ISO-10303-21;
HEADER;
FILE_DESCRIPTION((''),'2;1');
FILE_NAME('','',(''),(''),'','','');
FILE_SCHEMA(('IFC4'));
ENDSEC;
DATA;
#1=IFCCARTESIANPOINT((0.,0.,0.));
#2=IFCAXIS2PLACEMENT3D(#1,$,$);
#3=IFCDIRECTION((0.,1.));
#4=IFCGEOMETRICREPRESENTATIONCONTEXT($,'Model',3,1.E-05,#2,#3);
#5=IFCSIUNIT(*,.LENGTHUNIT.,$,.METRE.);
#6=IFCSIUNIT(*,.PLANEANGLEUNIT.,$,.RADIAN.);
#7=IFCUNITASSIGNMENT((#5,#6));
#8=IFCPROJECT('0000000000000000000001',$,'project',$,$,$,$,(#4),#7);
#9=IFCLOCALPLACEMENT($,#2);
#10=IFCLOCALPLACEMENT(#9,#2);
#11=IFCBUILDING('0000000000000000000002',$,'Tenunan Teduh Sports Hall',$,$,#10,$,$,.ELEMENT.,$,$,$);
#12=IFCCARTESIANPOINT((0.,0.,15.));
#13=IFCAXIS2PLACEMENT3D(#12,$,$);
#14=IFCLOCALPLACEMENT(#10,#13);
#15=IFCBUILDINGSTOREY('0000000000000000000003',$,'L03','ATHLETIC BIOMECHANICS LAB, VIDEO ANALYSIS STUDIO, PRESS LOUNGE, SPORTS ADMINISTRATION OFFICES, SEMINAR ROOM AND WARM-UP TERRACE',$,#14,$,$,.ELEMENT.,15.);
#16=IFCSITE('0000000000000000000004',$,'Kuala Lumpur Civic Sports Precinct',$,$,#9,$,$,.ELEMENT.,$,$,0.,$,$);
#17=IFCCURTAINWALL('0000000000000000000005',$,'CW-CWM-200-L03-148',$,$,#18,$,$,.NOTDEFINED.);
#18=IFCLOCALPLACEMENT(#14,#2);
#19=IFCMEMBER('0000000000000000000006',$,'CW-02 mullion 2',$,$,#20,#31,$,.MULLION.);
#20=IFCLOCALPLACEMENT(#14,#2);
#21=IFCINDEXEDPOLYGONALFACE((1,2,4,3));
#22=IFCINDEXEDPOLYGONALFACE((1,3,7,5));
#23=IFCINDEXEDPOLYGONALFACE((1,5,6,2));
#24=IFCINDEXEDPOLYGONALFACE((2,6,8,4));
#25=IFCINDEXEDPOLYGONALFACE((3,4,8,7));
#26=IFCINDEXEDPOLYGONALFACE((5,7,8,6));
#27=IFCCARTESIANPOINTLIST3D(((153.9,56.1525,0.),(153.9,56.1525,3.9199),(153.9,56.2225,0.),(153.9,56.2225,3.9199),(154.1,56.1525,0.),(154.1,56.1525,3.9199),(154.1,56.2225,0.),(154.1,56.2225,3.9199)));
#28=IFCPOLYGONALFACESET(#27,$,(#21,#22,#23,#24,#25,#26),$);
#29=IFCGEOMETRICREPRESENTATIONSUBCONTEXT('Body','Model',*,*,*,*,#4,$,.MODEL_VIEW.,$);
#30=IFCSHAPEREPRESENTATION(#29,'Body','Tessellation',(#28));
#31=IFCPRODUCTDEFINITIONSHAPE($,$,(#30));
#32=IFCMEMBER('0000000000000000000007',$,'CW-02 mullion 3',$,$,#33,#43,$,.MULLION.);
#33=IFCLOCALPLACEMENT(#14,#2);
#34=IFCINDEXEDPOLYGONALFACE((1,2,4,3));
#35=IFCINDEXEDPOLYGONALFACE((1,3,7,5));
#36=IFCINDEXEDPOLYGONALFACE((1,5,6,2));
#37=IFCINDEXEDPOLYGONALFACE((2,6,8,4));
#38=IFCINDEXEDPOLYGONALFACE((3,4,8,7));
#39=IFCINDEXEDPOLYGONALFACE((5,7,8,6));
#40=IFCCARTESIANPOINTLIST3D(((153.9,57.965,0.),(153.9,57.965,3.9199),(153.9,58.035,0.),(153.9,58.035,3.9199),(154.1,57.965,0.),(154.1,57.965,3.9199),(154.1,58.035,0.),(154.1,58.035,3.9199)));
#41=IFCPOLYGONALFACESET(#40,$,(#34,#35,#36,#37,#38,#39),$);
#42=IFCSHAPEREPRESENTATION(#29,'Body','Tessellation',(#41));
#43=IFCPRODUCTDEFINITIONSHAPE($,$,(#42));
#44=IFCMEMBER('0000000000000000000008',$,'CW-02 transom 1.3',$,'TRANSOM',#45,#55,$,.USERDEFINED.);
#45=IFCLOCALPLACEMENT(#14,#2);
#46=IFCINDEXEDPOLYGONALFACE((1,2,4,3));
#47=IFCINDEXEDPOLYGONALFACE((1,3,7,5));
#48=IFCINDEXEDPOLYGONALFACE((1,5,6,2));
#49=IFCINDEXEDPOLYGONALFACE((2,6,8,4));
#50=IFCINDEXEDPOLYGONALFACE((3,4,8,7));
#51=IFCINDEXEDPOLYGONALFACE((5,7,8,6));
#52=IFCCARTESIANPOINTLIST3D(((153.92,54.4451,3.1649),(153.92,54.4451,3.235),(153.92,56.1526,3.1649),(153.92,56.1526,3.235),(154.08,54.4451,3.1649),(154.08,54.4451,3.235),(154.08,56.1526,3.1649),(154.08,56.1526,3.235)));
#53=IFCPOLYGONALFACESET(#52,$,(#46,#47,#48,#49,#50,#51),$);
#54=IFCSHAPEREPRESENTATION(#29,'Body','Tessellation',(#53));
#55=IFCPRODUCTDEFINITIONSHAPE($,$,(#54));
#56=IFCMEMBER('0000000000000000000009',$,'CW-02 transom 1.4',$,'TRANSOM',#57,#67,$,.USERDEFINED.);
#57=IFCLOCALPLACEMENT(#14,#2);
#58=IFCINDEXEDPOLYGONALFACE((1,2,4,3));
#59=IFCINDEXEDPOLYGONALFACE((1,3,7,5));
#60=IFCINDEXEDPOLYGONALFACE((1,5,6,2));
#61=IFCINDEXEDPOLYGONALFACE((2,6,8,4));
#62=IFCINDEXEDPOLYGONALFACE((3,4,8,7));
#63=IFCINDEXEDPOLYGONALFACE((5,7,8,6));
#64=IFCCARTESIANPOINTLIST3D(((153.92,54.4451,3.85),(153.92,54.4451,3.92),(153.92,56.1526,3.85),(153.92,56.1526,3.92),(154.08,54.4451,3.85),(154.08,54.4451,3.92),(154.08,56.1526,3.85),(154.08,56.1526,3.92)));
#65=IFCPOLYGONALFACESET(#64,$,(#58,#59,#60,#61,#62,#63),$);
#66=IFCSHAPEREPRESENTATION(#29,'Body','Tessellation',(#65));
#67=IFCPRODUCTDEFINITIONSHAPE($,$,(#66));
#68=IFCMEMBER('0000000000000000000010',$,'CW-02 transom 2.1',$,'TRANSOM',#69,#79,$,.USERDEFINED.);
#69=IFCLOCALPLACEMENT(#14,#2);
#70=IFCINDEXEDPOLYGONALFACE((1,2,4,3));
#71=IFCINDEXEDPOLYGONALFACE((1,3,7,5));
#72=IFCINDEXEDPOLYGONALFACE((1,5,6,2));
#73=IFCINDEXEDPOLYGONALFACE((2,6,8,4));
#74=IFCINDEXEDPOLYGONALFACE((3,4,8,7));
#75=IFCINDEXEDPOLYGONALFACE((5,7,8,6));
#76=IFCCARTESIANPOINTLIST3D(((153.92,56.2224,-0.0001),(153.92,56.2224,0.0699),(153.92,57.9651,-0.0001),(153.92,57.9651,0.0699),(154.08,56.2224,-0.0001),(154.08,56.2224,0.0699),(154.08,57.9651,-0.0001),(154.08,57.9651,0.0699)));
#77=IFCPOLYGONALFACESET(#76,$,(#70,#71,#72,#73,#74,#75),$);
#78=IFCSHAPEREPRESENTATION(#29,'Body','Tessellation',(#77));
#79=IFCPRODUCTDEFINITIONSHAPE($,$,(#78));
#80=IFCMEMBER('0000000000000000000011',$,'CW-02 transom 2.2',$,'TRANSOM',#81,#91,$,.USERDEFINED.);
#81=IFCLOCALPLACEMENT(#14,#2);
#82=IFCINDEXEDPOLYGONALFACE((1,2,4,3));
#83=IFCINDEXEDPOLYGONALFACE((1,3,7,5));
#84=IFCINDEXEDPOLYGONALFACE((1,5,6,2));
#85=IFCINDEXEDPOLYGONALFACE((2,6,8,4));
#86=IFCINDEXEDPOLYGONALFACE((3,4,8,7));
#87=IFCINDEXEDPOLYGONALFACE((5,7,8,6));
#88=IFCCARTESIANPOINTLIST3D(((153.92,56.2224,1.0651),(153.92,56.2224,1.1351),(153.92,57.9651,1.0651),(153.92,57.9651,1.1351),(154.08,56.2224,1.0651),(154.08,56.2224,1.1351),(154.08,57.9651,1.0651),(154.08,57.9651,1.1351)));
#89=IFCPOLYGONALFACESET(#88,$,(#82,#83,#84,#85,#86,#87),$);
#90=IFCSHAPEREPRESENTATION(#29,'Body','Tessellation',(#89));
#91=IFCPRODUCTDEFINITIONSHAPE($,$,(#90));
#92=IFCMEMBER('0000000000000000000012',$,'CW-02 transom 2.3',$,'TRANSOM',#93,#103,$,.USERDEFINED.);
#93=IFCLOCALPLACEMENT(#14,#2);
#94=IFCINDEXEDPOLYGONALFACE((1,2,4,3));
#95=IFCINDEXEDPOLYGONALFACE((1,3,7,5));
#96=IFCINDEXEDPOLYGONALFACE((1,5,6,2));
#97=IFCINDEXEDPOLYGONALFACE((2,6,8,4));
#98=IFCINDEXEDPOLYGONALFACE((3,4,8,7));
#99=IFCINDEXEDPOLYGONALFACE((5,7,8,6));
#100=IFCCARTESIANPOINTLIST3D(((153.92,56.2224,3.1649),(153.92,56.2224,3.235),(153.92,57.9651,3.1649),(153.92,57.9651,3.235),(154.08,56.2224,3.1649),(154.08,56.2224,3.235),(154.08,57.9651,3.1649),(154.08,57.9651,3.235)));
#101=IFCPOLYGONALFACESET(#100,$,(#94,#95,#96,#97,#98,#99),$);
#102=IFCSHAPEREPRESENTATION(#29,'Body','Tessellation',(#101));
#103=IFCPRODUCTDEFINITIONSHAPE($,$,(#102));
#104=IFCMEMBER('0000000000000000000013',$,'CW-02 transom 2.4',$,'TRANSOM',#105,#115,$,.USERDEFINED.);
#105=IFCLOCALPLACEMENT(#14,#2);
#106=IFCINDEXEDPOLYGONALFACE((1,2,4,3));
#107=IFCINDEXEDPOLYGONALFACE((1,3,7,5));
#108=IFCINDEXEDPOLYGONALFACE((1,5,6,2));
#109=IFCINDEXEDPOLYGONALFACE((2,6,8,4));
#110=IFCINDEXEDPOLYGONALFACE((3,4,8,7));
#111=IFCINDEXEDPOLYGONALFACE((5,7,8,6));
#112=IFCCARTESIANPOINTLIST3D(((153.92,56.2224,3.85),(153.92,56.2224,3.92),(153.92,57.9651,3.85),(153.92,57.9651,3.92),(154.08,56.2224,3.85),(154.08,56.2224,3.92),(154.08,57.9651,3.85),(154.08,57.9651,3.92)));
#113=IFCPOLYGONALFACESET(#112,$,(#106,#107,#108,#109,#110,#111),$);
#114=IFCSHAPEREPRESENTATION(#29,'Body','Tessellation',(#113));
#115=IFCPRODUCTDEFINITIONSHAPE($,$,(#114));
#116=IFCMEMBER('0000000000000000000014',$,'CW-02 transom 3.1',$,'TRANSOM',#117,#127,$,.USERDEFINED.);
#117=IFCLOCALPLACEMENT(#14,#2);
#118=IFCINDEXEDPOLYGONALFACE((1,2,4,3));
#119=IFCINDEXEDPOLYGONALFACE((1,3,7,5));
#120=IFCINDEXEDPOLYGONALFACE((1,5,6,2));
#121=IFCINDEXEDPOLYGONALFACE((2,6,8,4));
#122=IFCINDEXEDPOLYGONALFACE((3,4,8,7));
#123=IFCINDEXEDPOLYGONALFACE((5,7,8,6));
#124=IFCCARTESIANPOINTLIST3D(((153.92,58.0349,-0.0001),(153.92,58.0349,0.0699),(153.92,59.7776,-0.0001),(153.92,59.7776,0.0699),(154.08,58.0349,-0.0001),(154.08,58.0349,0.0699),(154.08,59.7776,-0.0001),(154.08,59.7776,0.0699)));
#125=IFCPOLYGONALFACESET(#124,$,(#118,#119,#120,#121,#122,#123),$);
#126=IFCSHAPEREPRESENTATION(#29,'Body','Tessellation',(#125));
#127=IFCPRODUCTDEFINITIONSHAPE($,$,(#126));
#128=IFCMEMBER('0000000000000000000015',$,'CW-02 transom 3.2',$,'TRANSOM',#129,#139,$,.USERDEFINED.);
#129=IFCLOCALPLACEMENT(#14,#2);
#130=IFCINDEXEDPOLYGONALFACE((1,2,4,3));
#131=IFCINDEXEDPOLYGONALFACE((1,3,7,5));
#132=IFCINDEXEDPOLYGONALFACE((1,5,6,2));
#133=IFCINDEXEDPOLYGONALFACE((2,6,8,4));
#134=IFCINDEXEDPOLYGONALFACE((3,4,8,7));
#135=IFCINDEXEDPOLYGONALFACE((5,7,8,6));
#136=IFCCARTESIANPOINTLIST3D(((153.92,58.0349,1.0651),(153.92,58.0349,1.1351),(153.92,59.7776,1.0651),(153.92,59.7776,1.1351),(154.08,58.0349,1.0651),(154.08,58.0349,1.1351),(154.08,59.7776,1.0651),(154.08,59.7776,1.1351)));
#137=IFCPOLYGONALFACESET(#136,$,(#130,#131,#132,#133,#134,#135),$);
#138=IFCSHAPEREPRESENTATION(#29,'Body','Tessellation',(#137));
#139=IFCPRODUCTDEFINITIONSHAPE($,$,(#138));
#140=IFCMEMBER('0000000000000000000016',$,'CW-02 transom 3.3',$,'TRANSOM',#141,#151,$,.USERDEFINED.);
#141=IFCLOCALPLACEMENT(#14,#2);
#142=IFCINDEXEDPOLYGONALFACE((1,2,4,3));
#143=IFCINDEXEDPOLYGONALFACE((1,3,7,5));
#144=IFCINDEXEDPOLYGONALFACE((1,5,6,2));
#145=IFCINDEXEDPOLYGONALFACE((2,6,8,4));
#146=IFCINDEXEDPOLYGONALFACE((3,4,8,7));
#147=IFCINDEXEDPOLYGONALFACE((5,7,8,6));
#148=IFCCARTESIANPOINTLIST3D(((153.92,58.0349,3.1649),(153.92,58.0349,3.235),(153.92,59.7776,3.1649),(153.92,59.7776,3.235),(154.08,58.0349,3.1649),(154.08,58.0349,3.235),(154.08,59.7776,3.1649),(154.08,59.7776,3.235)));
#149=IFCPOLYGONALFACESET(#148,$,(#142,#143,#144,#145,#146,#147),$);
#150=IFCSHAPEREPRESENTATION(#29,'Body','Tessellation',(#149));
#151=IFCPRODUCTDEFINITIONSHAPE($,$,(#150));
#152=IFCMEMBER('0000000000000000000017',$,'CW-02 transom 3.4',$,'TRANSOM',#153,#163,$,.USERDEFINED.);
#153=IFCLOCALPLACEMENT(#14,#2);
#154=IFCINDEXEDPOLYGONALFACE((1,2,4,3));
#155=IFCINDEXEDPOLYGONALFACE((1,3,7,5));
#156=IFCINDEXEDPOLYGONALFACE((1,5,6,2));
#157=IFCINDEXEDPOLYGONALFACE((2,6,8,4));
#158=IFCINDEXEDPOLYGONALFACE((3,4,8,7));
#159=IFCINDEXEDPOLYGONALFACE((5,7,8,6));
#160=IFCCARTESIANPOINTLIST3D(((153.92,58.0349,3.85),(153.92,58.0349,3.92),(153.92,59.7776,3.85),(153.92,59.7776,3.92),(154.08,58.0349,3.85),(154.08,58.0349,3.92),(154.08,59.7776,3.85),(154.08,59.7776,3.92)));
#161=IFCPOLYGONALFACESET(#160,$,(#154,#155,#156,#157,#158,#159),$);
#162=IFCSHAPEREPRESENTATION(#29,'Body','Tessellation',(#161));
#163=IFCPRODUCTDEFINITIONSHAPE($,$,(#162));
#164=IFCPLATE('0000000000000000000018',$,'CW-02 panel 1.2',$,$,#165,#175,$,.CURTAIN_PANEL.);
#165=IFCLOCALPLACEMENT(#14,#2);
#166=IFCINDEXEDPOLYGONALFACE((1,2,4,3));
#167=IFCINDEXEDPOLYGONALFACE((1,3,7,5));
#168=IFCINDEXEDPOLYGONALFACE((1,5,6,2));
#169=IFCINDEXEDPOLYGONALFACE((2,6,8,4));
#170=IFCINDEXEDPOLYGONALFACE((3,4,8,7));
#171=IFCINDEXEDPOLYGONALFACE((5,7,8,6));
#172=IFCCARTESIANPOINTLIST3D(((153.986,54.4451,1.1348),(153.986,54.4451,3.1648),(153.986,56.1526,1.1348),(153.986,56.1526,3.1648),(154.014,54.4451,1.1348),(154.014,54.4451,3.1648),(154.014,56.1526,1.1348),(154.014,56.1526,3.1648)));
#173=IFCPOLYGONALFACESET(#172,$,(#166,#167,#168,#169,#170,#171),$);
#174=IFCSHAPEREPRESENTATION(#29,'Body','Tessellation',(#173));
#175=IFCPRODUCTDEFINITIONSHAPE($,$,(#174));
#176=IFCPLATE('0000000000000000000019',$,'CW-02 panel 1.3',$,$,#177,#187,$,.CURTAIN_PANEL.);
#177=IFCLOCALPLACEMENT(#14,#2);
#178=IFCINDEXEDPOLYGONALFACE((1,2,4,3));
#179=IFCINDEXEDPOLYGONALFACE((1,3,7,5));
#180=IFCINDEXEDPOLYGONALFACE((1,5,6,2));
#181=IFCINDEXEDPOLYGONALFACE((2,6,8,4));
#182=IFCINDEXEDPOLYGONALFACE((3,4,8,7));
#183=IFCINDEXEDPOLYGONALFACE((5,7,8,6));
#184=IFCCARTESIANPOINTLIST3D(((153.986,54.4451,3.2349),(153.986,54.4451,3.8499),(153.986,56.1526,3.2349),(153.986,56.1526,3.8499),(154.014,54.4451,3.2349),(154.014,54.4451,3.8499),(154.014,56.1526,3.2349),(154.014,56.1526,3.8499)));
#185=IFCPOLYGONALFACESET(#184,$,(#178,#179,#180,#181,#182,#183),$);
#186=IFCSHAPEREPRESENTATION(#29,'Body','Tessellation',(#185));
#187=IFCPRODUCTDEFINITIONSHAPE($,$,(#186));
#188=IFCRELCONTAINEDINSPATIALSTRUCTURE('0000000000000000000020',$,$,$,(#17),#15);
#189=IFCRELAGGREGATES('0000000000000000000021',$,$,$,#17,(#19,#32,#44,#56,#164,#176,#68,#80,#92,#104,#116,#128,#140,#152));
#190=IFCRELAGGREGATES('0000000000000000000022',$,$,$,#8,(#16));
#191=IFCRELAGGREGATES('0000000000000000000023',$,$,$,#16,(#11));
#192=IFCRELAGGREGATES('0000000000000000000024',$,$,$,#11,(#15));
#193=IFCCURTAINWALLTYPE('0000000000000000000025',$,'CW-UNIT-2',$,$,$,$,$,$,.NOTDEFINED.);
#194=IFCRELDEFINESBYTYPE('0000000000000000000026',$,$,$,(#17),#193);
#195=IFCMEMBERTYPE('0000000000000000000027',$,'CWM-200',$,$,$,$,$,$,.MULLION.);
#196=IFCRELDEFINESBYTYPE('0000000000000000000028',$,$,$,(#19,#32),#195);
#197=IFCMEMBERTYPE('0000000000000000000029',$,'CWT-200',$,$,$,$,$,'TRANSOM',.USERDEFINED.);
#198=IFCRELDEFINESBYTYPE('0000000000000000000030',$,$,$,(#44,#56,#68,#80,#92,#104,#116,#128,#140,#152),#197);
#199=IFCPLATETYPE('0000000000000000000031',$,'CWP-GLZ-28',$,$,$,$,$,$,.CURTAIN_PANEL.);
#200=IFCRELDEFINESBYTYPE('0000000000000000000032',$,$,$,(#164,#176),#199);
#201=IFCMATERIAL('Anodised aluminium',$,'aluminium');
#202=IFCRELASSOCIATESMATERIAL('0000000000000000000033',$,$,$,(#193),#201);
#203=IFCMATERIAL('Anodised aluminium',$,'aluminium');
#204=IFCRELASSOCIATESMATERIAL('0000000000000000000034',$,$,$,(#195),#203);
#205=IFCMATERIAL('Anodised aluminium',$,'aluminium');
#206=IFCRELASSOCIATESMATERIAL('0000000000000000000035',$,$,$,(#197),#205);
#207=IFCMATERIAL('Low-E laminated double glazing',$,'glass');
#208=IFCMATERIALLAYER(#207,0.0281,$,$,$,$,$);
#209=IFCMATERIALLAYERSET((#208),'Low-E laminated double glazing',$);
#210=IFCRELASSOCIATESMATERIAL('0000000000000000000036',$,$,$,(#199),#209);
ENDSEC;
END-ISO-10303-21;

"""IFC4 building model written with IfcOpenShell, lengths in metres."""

from ifc_helpers import new_model, si_unit, direction, frame, origin, origin_2d, place, context, subcontext, project, spatial, rectangle, extrude, material, layer, layer_set, material_profile, profile_set, type_object, element, aggregate, save


model = new_model("IFC4")

# Units and contexts
model_context = context("Model", 3, precision=1e-05, world=origin(), true_north=direction((0.0, 1.0)))
body_context = subcontext(model_context, "Body", "Model", "MODEL_VIEW")
ifc_project = project(units=[si_unit("LENGTHUNIT", "METRE"), si_unit("PLANEANGLEUNIT", "RADIAN")], contexts=[model_context])

# Site, building, storey
site_placement = place(None, origin())
site = spatial("IfcSite", under=ifc_project, at=site_placement, Name="Kuala Lumpur Civic Sports Precinct", CompositionType="ELEMENT", RefElevation=0.0)
building_placement = place(site_placement, origin())
building = spatial("IfcBuilding", under=site, at=building_placement, Name="Tenunan Teduh Sports Hall", CompositionType="ELEMENT")
storey_placement = place(building_placement, frame((0.0, 0.0, 15.0)))
storey = spatial("IfcBuildingStorey", under=building, at=storey_placement, Name="L03", Description="ATHLETIC BIOMECHANICS LAB, VIDEO ANALYSIS STUDIO, PRESS LOUNGE, SPORTS ADMINISTRATION OFFICES, SEMINAR ROOM AND WARM-UP TERRACE", CompositionType="ELEMENT", Elevation=15.0)

# Curtain wall, members, plates
ifc_material_1 = material(Name="Anodised aluminium", Category="aluminium")
curtain_wall_type = type_object("IfcCurtainWallType", Name="CW-UNIT-2", PredefinedType="NOTDEFINED", material=ifc_material_1)
curtain_wall_placement = place(storey_placement, origin())
curtain_wall = element("IfcCurtainWall", 1, at=curtain_wall_placement, inside=storey, type_object=curtain_wall_type, Name="CW-CWM-200-L03-148", PredefinedType="NOTDEFINED")
ifc_material_2 = material(Name="Anodised aluminium", Category="aluminium")
ifc_material_profile_1 = material_profile(ifc_material_2, rectangle(XDim=0.0701, YDim=0.2, at=origin_2d()), Name="CWM 70x200")
ifc_profile_set_1 = profile_set([ifc_material_profile_1], Name="Anodised aluminium")
member_type_1 = type_object("IfcMemberType", Name="CWM-200", PredefinedType="MULLION", material=ifc_profile_set_1)
member_1_placement = place(storey_placement, frame((154.0, 56.1875, 0.0), z_axis=(0.0, 0.0, 1.0), x_axis=(0.0, 1.0, 0.0)))
member_1 = element("IfcMember", 2, at=member_1_placement, type_object=member_type_1, Name="CW-02 mullion 2", PredefinedType="MULLION", context=body_context, shape_type="SweptSolid", body=[
    extrude(rectangle(XDim=0.0701, YDim=0.2, at=origin_2d()), origin(), (0.0, 0.0, 1.0), 3.9199),
])
member_2_placement = place(storey_placement, frame((154.0, 58.0, 0.0), z_axis=(0.0, 0.0, 1.0), x_axis=(0.0, 1.0, 0.0)))
member_2 = element("IfcMember", 3, at=member_2_placement, type_object=member_type_1, Name="CW-02 mullion 3", PredefinedType="MULLION", context=body_context, shape_type="SweptSolid", body=[
    extrude(rectangle(XDim=0.0701, YDim=0.2, at=origin_2d()), origin(), (0.0, 0.0, 1.0), 3.9199),
])
ifc_material_3 = material(Name="Anodised aluminium", Category="aluminium")
ifc_material_profile_2 = material_profile(ifc_material_3, rectangle(XDim=0.0701, YDim=0.1599, at=origin_2d()), Name="CWT 70x160")
ifc_profile_set_2 = profile_set([ifc_material_profile_2], Name="Anodised aluminium")
member_type_2 = type_object("IfcMemberType", Name="CWT-200", ElementType="TRANSOM", PredefinedType="USERDEFINED", material=ifc_profile_set_2)
member_3_placement = place(storey_placement, frame((154.0, 54.4451, 3.2), z_axis=(0.0, 1.0, 0.0), x_axis=(0.0, 0.0, 1.0)))
member_3 = element("IfcMember", 4, at=member_3_placement, type_object=member_type_2, Name="CW-02 transom 1.3", ObjectType="TRANSOM", PredefinedType="USERDEFINED", context=body_context, shape_type="SweptSolid", body=[
    extrude(rectangle(XDim=0.0701, YDim=0.1599, at=origin_2d()), origin(), (0.0, 0.0, 1.0), 1.7075),
])
member_4_placement = place(storey_placement, frame((154.0, 54.4451, 3.885), z_axis=(0.0, 1.0, 0.0), x_axis=(0.0, 0.0, 1.0)))
member_4 = element("IfcMember", 5, at=member_4_placement, type_object=member_type_2, Name="CW-02 transom 1.4", ObjectType="TRANSOM", PredefinedType="USERDEFINED", context=body_context, shape_type="SweptSolid", body=[
    extrude(rectangle(XDim=0.0701, YDim=0.1599, at=origin_2d()), origin(), (0.0, 0.0, 1.0), 1.7075),
])
member_5_placement = place(storey_placement, frame((154.0, 56.2224, 0.0349), z_axis=(0.0, 1.0, 0.0), x_axis=(0.0, 0.0, 1.0)))
member_5 = element("IfcMember", 6, at=member_5_placement, type_object=member_type_2, Name="CW-02 transom 2.1", ObjectType="TRANSOM", PredefinedType="USERDEFINED", context=body_context, shape_type="SweptSolid", body=[
    extrude(rectangle(XDim=0.0701, YDim=0.1599, at=origin_2d()), origin(), (0.0, 0.0, 1.0), 1.7427),
])
member_6_placement = place(storey_placement, frame((154.0, 56.2224, 1.1001), z_axis=(0.0, 1.0, 0.0), x_axis=(0.0, 0.0, 1.0)))
member_6 = element("IfcMember", 7, at=member_6_placement, type_object=member_type_2, Name="CW-02 transom 2.2", ObjectType="TRANSOM", PredefinedType="USERDEFINED", context=body_context, shape_type="SweptSolid", body=[
    extrude(rectangle(XDim=0.0701, YDim=0.1599, at=origin_2d()), origin(), (0.0, 0.0, 1.0), 1.7427),
])
member_7_placement = place(storey_placement, frame((154.0, 56.2224, 3.2), z_axis=(0.0, 1.0, 0.0), x_axis=(0.0, 0.0, 1.0)))
member_7 = element("IfcMember", 8, at=member_7_placement, type_object=member_type_2, Name="CW-02 transom 2.3", ObjectType="TRANSOM", PredefinedType="USERDEFINED", context=body_context, shape_type="SweptSolid", body=[
    extrude(rectangle(XDim=0.0701, YDim=0.1599, at=origin_2d()), origin(), (0.0, 0.0, 1.0), 1.7427),
])
member_8_placement = place(storey_placement, frame((154.0, 56.2224, 3.885), z_axis=(0.0, 1.0, 0.0), x_axis=(0.0, 0.0, 1.0)))
member_8 = element("IfcMember", 9, at=member_8_placement, type_object=member_type_2, Name="CW-02 transom 2.4", ObjectType="TRANSOM", PredefinedType="USERDEFINED", context=body_context, shape_type="SweptSolid", body=[
    extrude(rectangle(XDim=0.0701, YDim=0.1599, at=origin_2d()), origin(), (0.0, 0.0, 1.0), 1.7427),
])
member_9_placement = place(storey_placement, frame((154.0, 58.0349, 0.0349), z_axis=(0.0, 1.0, 0.0), x_axis=(0.0, 0.0, 1.0)))
member_9 = element("IfcMember", 10, at=member_9_placement, type_object=member_type_2, Name="CW-02 transom 3.1", ObjectType="TRANSOM", PredefinedType="USERDEFINED", context=body_context, shape_type="SweptSolid", body=[
    extrude(rectangle(XDim=0.0701, YDim=0.1599, at=origin_2d()), origin(), (0.0, 0.0, 1.0), 1.7427),
])
member_10_placement = place(storey_placement, frame((154.0, 58.0349, 1.1001), z_axis=(0.0, 1.0, 0.0), x_axis=(0.0, 0.0, 1.0)))
member_10 = element("IfcMember", 11, at=member_10_placement, type_object=member_type_2, Name="CW-02 transom 3.2", ObjectType="TRANSOM", PredefinedType="USERDEFINED", context=body_context, shape_type="SweptSolid", body=[
    extrude(rectangle(XDim=0.0701, YDim=0.1599, at=origin_2d()), origin(), (0.0, 0.0, 1.0), 1.7427),
])
member_11_placement = place(storey_placement, frame((154.0, 58.0349, 3.2), z_axis=(0.0, 1.0, 0.0), x_axis=(0.0, 0.0, 1.0)))
member_11 = element("IfcMember", 12, at=member_11_placement, type_object=member_type_2, Name="CW-02 transom 3.3", ObjectType="TRANSOM", PredefinedType="USERDEFINED", context=body_context, shape_type="SweptSolid", body=[
    extrude(rectangle(XDim=0.0701, YDim=0.1599, at=origin_2d()), origin(), (0.0, 0.0, 1.0), 1.7427),
])
member_12_placement = place(storey_placement, frame((154.0, 58.0349, 3.885), z_axis=(0.0, 1.0, 0.0), x_axis=(0.0, 0.0, 1.0)))
member_12 = element("IfcMember", 13, at=member_12_placement, type_object=member_type_2, Name="CW-02 transom 3.4", ObjectType="TRANSOM", PredefinedType="USERDEFINED", context=body_context, shape_type="SweptSolid", body=[
    extrude(rectangle(XDim=0.0701, YDim=0.1599, at=origin_2d()), origin(), (0.0, 0.0, 1.0), 1.7427),
])
ifc_material_4 = material(Name="Low-E laminated double glazing", Category="glass")
ifc_layer_1 = layer(ifc_material_4, 0.0281)
ifc_layer_set_1 = layer_set([ifc_layer_1], Name="Low-E laminated double glazing")
plate_type_1 = type_object("IfcPlateType", Name="CWP-GLZ-28", PredefinedType="CURTAIN_PANEL", material=ifc_layer_set_1)
plate_1_placement = place(storey_placement, frame((154.0, 55.2988, 1.1348), z_axis=(0.0, 0.0, 1.0), x_axis=(0.0, 1.0, 0.0)))
plate_1 = element("IfcPlate", 14, at=plate_1_placement, type_object=plate_type_1, Name="CW-02 panel 1.2", PredefinedType="CURTAIN_PANEL", context=body_context, shape_type="SweptSolid", body=[
    extrude(rectangle(XDim=1.7075, YDim=0.0281, at=origin_2d()), origin(), (0.0, 0.0, 1.0), 2.03),
])
plate_2_placement = place(storey_placement, frame((154.0, 55.2988, 3.2349), z_axis=(0.0, 0.0, 1.0), x_axis=(0.0, 1.0, 0.0)))
plate_2 = element("IfcPlate", 15, at=plate_2_placement, type_object=plate_type_1, Name="CW-02 panel 1.3", PredefinedType="CURTAIN_PANEL", context=body_context, shape_type="SweptSolid", body=[
    extrude(rectangle(XDim=1.7075, YDim=0.0281, at=origin_2d()), origin(), (0.0, 0.0, 1.0), 0.615),
])
aggregate(curtain_wall, [member_1, member_2, member_3, member_4, plate_1, plate_2, member_5, member_6, member_7, member_8, member_9, member_10, member_11, member_12])

save(model, "model.ifc")
